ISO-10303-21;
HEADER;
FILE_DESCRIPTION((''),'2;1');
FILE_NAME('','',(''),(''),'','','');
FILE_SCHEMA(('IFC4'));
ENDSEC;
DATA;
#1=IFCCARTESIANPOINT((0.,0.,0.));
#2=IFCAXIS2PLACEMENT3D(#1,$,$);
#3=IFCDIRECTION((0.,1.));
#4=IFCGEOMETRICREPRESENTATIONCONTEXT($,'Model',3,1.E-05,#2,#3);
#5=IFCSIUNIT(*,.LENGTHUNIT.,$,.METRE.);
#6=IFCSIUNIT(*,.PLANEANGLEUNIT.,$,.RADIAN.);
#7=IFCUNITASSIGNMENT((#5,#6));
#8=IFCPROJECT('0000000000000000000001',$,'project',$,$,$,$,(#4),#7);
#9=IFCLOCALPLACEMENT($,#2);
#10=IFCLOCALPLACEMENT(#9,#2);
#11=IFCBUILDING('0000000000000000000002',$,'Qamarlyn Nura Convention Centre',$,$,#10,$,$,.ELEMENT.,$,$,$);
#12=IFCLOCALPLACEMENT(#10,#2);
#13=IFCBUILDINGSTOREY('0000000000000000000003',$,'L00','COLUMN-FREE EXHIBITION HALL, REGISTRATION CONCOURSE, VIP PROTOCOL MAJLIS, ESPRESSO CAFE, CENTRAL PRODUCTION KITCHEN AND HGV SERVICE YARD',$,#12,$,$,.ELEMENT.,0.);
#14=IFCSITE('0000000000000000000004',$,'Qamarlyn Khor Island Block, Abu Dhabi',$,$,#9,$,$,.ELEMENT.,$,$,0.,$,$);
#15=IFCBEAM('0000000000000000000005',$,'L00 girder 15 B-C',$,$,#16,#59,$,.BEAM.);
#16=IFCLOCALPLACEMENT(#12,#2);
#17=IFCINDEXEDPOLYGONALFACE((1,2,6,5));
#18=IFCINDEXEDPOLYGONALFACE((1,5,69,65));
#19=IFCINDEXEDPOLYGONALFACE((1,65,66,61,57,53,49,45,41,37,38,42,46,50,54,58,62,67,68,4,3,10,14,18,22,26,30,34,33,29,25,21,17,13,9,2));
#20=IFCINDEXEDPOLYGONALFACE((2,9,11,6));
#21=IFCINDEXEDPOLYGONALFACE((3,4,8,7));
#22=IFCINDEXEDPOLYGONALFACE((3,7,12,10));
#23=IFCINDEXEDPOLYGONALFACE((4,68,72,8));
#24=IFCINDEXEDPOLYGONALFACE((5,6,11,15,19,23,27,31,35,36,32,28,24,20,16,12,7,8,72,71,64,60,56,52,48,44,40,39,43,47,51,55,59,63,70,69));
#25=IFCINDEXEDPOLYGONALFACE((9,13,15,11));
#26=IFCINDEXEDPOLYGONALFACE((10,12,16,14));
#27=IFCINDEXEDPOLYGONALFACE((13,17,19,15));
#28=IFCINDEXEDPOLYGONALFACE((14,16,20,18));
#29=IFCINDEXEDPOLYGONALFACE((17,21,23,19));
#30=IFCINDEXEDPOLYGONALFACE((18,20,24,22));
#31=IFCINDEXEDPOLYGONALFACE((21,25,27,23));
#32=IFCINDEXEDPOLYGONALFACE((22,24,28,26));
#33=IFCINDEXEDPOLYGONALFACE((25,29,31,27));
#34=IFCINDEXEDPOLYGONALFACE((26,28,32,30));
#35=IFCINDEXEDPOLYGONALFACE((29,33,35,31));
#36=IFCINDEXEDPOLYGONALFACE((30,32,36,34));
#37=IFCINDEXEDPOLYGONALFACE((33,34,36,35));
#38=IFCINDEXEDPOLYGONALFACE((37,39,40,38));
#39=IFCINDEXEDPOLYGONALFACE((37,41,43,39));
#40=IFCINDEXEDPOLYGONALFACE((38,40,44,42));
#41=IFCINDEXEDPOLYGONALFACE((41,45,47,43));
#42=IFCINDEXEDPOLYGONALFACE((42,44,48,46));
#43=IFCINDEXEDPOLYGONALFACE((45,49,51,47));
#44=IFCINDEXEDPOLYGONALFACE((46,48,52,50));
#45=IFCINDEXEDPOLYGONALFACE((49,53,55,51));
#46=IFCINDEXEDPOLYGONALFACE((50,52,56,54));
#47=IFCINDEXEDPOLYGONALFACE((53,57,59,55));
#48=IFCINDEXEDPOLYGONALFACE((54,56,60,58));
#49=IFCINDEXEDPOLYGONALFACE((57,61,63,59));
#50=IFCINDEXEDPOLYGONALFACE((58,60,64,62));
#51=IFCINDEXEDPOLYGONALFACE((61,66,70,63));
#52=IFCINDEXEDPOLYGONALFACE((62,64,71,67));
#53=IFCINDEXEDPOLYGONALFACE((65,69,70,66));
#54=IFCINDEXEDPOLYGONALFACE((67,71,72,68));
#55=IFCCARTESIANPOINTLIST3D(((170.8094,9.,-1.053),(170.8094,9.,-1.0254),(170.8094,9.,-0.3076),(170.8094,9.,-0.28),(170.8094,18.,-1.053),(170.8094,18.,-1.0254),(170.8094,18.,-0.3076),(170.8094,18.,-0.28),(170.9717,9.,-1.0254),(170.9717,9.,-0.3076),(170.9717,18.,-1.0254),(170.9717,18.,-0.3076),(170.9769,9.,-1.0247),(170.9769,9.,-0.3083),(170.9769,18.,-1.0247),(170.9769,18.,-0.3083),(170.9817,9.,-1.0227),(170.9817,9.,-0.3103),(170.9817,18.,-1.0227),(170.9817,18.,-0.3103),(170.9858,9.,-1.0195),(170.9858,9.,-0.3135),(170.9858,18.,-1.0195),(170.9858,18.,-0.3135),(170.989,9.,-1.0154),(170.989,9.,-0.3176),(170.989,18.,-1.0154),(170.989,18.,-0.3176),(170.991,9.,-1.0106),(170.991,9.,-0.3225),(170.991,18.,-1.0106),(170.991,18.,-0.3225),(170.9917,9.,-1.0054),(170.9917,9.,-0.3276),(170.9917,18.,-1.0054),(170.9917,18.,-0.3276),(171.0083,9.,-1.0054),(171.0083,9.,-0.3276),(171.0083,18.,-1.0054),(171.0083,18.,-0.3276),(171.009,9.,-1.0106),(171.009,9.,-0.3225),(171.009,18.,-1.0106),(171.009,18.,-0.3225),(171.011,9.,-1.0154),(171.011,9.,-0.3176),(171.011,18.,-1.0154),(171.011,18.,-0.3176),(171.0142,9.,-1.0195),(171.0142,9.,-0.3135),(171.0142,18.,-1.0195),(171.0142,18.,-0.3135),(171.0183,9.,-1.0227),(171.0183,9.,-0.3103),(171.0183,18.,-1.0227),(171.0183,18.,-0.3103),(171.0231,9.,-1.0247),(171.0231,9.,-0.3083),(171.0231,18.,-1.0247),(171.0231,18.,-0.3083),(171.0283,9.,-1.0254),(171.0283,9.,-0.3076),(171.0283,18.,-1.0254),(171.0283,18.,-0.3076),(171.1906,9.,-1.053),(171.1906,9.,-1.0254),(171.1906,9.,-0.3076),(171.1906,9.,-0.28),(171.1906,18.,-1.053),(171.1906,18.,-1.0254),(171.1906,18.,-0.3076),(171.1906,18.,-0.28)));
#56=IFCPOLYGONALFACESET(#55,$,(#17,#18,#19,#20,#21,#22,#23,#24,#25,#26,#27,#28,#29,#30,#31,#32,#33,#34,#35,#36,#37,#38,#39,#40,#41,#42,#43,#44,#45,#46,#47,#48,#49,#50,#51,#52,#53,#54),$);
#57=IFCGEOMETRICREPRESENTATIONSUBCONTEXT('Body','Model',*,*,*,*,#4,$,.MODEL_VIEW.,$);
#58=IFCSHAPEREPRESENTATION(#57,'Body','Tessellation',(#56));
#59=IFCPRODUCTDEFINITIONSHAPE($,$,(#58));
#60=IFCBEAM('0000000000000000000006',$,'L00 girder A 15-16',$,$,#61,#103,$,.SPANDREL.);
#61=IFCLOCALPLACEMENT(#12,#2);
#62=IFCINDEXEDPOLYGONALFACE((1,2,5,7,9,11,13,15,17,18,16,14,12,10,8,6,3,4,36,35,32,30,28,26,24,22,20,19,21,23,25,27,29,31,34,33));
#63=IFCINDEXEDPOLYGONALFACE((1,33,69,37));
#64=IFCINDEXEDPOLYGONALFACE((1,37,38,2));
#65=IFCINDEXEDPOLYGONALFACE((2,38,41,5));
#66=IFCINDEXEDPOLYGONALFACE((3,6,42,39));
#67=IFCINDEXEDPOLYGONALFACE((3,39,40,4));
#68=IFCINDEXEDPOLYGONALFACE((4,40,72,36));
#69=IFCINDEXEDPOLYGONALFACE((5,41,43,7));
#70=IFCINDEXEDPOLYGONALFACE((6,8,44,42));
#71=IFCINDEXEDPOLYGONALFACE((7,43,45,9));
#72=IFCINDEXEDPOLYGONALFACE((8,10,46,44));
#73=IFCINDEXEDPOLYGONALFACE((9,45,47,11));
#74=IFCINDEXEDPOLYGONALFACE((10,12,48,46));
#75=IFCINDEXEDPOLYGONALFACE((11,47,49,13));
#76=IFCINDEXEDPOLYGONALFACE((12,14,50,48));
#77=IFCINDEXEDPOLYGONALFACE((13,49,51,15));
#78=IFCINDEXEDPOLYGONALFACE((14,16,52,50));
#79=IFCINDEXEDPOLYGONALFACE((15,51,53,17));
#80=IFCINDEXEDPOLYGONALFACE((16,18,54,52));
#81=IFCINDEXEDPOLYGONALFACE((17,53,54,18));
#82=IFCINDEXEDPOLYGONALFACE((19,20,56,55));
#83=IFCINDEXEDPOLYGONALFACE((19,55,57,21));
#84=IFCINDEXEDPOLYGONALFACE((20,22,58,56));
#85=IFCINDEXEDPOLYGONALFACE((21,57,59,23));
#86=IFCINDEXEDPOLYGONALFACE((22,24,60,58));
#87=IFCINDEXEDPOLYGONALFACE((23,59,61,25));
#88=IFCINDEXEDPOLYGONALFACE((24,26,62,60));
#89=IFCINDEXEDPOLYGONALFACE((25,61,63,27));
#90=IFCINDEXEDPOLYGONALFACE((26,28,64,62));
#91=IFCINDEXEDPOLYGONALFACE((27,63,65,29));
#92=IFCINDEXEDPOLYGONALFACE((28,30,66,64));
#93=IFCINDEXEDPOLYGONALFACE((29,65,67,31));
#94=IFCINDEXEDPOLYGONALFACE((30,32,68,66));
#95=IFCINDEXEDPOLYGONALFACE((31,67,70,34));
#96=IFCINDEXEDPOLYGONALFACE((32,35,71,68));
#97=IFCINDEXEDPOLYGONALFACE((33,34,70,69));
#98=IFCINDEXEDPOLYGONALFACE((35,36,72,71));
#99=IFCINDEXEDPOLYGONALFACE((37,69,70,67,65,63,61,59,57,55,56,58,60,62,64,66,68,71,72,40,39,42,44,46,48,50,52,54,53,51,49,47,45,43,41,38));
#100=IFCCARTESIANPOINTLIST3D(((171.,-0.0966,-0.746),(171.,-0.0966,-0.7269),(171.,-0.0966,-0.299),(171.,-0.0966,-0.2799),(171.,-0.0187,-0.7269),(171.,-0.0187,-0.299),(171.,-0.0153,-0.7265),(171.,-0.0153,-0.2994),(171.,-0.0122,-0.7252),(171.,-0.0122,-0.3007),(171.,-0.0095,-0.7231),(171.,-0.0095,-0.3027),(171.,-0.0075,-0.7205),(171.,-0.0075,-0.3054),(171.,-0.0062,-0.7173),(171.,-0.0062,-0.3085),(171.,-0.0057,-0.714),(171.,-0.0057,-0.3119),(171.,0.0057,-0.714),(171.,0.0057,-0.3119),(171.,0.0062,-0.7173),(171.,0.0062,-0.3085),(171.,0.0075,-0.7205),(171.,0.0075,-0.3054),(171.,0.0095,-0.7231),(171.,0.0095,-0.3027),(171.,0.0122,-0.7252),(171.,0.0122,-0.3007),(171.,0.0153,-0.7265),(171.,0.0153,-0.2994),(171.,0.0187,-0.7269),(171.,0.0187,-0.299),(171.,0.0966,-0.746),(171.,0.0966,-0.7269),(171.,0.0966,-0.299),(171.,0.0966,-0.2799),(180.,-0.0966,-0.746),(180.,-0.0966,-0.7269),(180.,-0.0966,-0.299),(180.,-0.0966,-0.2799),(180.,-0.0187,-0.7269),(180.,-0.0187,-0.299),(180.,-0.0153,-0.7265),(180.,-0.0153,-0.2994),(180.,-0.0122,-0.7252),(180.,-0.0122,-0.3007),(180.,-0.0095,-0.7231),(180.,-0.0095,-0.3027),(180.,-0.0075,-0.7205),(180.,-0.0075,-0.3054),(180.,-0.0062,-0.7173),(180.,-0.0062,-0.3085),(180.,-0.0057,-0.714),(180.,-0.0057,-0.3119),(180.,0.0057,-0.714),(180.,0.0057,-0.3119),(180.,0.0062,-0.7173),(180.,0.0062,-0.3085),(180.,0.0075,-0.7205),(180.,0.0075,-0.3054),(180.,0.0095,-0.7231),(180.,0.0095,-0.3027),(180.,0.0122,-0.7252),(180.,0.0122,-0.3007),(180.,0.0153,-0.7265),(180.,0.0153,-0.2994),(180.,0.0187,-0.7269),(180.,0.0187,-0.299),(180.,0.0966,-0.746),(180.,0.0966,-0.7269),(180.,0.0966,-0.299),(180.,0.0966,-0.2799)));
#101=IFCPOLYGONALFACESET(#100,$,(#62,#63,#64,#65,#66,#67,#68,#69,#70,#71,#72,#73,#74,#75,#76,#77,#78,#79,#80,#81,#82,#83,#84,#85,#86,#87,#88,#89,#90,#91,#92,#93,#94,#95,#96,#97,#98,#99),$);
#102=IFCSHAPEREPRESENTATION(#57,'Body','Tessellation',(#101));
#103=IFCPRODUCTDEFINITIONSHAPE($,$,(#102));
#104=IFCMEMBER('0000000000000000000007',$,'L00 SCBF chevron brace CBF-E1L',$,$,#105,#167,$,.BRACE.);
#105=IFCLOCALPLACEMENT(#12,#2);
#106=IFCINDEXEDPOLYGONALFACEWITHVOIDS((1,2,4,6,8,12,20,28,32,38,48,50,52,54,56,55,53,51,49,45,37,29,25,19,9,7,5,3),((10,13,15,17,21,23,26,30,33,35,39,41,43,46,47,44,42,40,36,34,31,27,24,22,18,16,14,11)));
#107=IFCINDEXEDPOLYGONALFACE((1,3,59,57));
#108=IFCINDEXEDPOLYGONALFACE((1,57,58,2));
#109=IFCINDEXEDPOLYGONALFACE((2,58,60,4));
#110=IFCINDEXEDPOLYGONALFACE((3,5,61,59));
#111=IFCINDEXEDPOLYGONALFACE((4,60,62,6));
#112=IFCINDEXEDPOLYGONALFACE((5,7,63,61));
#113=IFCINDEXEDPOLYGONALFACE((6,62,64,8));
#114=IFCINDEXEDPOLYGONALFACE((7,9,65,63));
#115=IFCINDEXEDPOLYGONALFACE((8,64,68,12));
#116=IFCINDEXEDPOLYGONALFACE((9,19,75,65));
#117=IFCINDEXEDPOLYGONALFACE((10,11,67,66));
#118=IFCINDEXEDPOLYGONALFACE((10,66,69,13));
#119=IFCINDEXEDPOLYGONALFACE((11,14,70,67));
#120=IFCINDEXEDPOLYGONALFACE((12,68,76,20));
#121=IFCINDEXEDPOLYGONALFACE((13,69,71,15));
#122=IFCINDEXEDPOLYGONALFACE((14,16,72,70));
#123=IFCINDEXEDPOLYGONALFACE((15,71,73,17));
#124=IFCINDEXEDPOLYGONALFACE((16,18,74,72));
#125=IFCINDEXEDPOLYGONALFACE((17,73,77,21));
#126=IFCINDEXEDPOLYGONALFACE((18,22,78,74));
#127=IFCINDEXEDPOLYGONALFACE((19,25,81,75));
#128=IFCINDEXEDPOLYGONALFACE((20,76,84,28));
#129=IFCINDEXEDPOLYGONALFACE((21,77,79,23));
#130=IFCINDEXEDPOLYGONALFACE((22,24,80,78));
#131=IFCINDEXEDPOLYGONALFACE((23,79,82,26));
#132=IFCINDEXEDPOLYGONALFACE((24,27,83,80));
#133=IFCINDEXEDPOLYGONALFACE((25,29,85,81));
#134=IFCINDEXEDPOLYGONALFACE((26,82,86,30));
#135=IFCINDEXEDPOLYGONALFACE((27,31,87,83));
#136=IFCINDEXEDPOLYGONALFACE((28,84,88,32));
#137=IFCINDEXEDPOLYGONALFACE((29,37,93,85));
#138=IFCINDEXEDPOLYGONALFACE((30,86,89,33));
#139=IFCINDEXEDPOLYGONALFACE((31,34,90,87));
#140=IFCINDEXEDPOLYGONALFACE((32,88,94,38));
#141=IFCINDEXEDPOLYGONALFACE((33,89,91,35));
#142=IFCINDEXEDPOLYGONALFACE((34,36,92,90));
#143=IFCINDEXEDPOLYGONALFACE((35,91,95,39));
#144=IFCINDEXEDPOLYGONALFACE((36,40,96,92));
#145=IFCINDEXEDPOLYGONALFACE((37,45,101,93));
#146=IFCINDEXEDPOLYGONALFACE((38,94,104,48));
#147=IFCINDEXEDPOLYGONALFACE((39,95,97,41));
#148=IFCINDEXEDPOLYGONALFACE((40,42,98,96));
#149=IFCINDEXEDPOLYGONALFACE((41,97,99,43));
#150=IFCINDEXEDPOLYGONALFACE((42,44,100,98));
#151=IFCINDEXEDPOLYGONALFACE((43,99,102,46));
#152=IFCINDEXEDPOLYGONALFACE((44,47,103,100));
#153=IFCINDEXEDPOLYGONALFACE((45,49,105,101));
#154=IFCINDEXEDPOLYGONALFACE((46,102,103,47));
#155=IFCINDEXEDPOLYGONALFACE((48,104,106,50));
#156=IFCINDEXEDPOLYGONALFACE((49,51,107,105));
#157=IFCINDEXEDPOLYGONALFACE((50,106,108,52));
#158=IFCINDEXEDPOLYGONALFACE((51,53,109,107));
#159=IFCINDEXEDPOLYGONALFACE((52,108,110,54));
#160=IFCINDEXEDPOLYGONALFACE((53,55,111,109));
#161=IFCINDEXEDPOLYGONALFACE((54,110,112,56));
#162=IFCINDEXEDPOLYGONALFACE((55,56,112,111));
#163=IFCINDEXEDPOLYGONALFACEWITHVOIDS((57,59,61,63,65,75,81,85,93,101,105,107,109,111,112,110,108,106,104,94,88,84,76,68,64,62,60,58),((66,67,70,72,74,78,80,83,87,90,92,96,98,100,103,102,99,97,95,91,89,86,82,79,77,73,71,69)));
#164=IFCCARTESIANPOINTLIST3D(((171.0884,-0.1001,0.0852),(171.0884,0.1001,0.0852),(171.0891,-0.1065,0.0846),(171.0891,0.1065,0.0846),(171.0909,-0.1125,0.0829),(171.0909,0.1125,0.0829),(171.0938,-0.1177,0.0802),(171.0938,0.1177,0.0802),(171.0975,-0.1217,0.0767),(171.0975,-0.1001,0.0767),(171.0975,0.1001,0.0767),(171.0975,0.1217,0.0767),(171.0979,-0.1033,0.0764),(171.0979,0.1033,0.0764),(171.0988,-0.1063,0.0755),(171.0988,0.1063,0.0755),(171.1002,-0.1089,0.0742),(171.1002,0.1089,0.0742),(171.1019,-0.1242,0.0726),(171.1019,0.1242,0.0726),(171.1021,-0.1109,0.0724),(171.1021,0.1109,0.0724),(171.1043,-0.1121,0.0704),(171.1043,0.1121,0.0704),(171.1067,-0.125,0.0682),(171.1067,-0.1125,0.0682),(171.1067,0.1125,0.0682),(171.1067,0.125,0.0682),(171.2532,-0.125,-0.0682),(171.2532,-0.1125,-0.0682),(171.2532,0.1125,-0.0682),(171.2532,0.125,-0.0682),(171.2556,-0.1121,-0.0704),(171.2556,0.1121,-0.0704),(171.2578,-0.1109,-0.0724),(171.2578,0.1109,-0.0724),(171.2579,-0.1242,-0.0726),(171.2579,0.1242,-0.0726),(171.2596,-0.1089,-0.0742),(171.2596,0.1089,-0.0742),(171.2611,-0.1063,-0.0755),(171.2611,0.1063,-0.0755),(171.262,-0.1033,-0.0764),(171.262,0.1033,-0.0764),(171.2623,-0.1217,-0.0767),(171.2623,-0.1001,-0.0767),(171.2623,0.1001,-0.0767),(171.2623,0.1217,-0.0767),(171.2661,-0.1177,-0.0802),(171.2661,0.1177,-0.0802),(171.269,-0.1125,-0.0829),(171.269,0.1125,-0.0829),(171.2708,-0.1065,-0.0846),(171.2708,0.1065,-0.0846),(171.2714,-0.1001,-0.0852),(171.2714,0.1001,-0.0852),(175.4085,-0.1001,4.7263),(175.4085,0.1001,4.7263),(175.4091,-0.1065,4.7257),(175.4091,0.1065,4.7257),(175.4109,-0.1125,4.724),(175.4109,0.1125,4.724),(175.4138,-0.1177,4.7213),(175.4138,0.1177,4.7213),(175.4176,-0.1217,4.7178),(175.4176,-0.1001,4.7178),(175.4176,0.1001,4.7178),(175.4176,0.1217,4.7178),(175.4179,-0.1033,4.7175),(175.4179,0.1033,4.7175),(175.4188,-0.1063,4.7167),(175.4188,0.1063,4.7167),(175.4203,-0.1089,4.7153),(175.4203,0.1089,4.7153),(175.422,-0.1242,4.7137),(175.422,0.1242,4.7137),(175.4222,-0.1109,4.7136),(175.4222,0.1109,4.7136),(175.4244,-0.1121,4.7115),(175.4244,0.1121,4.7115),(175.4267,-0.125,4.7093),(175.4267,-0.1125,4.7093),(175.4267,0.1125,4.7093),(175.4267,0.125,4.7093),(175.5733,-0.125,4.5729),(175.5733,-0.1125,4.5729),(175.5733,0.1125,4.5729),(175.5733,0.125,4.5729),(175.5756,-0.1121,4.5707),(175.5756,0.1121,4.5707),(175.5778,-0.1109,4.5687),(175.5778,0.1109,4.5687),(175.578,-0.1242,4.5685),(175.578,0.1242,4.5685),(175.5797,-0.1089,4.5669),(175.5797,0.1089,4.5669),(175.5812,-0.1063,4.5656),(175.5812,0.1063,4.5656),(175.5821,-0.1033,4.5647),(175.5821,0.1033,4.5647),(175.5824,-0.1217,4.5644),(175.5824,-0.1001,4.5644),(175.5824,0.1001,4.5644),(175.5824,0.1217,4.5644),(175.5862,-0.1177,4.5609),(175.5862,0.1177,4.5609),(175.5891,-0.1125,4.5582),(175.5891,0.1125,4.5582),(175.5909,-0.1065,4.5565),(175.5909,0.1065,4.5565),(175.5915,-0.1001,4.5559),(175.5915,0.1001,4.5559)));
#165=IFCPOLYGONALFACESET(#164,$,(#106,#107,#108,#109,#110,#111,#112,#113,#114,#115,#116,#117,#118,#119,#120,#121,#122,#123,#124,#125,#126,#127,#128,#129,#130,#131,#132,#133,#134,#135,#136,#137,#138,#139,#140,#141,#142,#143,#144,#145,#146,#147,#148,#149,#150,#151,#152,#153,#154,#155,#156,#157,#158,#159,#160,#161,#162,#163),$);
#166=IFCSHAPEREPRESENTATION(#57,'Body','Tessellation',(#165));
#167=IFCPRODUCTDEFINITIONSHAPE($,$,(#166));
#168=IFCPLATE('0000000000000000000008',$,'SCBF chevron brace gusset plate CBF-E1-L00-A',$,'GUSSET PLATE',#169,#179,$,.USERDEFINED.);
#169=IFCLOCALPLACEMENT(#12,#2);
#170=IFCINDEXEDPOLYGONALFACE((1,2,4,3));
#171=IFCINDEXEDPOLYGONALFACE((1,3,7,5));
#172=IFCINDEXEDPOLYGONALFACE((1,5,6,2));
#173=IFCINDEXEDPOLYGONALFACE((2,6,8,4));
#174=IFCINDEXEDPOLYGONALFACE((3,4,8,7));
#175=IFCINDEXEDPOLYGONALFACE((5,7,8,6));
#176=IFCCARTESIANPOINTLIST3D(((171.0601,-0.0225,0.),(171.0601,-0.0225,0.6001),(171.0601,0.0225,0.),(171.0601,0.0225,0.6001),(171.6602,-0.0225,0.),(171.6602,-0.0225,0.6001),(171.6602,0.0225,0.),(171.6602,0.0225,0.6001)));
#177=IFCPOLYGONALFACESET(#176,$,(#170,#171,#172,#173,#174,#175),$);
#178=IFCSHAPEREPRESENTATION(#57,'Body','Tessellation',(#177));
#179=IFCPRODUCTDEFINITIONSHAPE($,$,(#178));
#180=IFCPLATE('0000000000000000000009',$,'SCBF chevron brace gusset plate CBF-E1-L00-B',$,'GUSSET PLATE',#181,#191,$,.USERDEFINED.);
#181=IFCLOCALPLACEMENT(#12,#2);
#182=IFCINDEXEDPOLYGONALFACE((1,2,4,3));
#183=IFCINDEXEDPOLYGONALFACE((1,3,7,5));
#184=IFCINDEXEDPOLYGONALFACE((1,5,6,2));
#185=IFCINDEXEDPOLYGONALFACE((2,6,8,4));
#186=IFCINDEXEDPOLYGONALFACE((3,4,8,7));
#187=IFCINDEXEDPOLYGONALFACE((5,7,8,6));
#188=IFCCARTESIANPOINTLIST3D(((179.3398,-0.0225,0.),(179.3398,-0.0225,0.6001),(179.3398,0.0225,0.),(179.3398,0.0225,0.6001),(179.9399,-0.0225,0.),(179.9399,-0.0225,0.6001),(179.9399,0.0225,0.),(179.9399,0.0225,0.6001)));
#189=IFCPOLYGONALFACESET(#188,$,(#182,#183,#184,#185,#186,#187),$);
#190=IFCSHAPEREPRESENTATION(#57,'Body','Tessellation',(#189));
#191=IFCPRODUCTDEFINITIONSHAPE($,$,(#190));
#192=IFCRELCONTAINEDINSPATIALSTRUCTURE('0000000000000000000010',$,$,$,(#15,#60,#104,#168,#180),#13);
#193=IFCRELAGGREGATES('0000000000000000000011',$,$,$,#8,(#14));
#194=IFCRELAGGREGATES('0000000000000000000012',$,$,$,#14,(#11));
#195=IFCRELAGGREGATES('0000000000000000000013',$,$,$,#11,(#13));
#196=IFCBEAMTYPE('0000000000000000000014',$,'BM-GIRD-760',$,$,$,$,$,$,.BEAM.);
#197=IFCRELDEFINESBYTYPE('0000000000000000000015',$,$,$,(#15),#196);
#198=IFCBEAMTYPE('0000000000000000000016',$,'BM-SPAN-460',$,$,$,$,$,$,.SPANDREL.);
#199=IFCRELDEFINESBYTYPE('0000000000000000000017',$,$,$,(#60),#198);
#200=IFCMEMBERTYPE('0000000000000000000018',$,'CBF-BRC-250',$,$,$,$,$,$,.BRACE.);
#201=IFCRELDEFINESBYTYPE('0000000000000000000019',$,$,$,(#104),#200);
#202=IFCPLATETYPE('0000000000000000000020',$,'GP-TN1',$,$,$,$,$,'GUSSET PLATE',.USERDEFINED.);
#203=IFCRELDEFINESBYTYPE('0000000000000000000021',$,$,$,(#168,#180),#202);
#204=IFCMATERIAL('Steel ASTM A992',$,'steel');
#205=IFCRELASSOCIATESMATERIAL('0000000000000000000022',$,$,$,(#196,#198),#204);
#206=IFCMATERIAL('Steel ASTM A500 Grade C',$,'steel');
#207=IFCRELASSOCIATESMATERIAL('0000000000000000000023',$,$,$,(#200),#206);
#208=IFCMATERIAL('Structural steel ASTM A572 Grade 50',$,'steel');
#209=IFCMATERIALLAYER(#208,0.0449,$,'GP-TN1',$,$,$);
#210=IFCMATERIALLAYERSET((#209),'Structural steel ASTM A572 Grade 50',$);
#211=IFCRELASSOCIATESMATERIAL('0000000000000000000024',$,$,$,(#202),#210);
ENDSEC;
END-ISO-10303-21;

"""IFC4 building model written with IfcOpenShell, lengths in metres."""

from ifc_helpers import new_model, si_unit, direction, frame, origin, origin_2d, place, context, subcontext, project, spatial, rectangle, hollow_rectangle, i_section, extrude, material, layer, layer_set, material_profile, profile_set, type_object, element, save


model = new_model("IFC4")

# Units and contexts
model_context = context("Model", 3, precision=1e-05, world=origin(), true_north=direction((0.0, 1.0)))
body_context = subcontext(model_context, "Body", "Model", "MODEL_VIEW")
ifc_project = project(units=[si_unit("LENGTHUNIT", "METRE"), si_unit("PLANEANGLEUNIT", "RADIAN")], contexts=[model_context])

# Site, building, storey
site_placement = place(None, origin())
site = spatial("IfcSite", under=ifc_project, at=site_placement, Name="Qamarlyn Khor Island Block, Abu Dhabi", CompositionType="ELEMENT", RefElevation=0.0)
building_placement = place(site_placement, origin())
building = spatial("IfcBuilding", under=site, at=building_placement, Name="Qamarlyn Nura Convention Centre", CompositionType="ELEMENT")
storey_placement = place(building_placement, origin())
storey = spatial("IfcBuildingStorey", under=building, at=storey_placement, Name="L00", Description="COLUMN-FREE EXHIBITION HALL, REGISTRATION CONCOURSE, VIP PROTOCOL MAJLIS, ESPRESSO CAFE, CENTRAL PRODUCTION KITCHEN AND HGV SERVICE YARD", CompositionType="ELEMENT", Elevation=0.0)

# Shared definitions
ifc_material_1 = material(Name="Steel ASTM A992", Category="steel")

# Beams
ifc_material_profile_1 = material_profile(ifc_material_1, i_section(OverallWidth=0.3811, OverallDepth=0.7729, WebThickness=0.0166, FlangeThickness=0.0276, FilletRadius=0.02, at=origin_2d()), Name="W760X257")
ifc_profile_set_1 = profile_set([ifc_material_profile_1], Name="Steel ASTM A992")
beam_type_1 = type_object("IfcBeamType", Name="BM-GIRD-760", PredefinedType="BEAM", material=ifc_profile_set_1)
beam_1_placement = place(storey_placement, frame((171.0, 9.0, -0.6665), z_axis=(0.0, 1.0, 0.0), x_axis=(-1.0, 0.0, 0.0)))
element("IfcBeam", 1, at=beam_1_placement, inside=storey, type_object=beam_type_1, Name="L00 girder 15 B-C", PredefinedType="BEAM", context=body_context, shape_type="SweptSolid", body=[
    extrude(i_section(OverallWidth=0.3811, OverallDepth=0.7729, WebThickness=0.0166, FlangeThickness=0.0276, FilletRadius=0.02, at=origin_2d()), origin(), (0.0, 0.0, 1.0), 9.0),
])
ifc_material_profile_2 = material_profile(ifc_material_1, i_section(OverallWidth=0.1931, OverallDepth=0.4661, WebThickness=0.0115, FlangeThickness=0.019, FilletRadius=0.0129, at=origin_2d()), Name="W460X97")
ifc_profile_set_2 = profile_set([ifc_material_profile_2], Name="Steel ASTM A992")
beam_type_2 = type_object("IfcBeamType", Name="BM-SPAN-460", PredefinedType="SPANDREL", material=ifc_profile_set_2)
beam_2_placement = place(storey_placement, frame((171.0, 0.0, -0.5129), z_axis=(1.0, 0.0, 0.0), x_axis=(0.0, 1.0, 0.0)))
element("IfcBeam", 2, at=beam_2_placement, inside=storey, type_object=beam_type_2, Name="L00 girder A 15-16", PredefinedType="SPANDREL", context=body_context, shape_type="SweptSolid", body=[
    extrude(i_section(OverallWidth=0.1931, OverallDepth=0.4661, WebThickness=0.0115, FlangeThickness=0.019, FilletRadius=0.0129, at=origin_2d()), origin(), (0.0, 0.0, 1.0), 9.0),
])

# Member
ifc_material_2 = material(Name="Steel ASTM A500 Grade C", Category="steel")
ifc_material_profile_3 = material_profile(ifc_material_2, hollow_rectangle(XDim=0.25, YDim=0.25, WallThickness=0.0125, InnerFilletRadius=0.0125, OuterFilletRadius=0.0249, at=origin_2d()), Name="HSS250X250X12.5")
ifc_profile_set_3 = profile_set([ifc_material_profile_3], Name="Steel ASTM A500 Grade C")
member_type = type_object("IfcMemberType", Name="CBF-BRC-250", PredefinedType="BRACE", material=ifc_profile_set_3)
member_placement = place(storey_placement, frame((171.1799, 0.0, 0.0), z_axis=(0.681337, 0.0, 0.73197), x_axis=(0.0, 1.0, 0.0)))
element("IfcMember", 3, at=member_placement, inside=storey, type_object=member_type, Name="L00 SCBF chevron brace CBF-E1L", PredefinedType="BRACE", context=body_context, shape_type="SweptSolid", body=[
    extrude(hollow_rectangle(XDim=0.25, YDim=0.25, WallThickness=0.0125, InnerFilletRadius=0.0125, OuterFilletRadius=0.0249, at=origin_2d()), origin(), (0.0, 0.0, 1.0), 6.3406),
])

# Plates
ifc_material_3 = material(Name="Structural steel ASTM A572 Grade 50", Category="steel")
ifc_layer_1 = layer(ifc_material_3, 0.0449, Name="GP-TN1")
ifc_layer_set_1 = layer_set([ifc_layer_1], Name="Structural steel ASTM A572 Grade 50")
plate_type = type_object("IfcPlateType", Name="GP-TN1", ElementType="GUSSET PLATE", PredefinedType="USERDEFINED", material=ifc_layer_set_1)
for number, where, z_axis, x_axis, name in (
    (4, (171.3601, 0.0, 0.0), (0.0, 0.0, 1.0), (1.0, 0.0, 0.0), "SCBF chevron brace gusset plate CBF-E1-L00-A"),
    (5, (179.6399, 0.0, 0.0), (0.0, 0.0, 1.0), (1.0, 0.0, 0.0), "SCBF chevron brace gusset plate CBF-E1-L00-B"),
):
    element("IfcPlate", number, at=place(storey_placement, frame(where, z_axis=z_axis, x_axis=x_axis)), inside=storey, type_object=plate_type, Name=name, ObjectType="GUSSET PLATE", PredefinedType="USERDEFINED", context=body_context, shape_type="SweptSolid", body=[
        extrude(rectangle(XDim=0.6001, YDim=0.0449, at=origin_2d()), origin(), (0.0, 0.0, 1.0), 0.6001),
    ])

save(model, "model.ifc")
